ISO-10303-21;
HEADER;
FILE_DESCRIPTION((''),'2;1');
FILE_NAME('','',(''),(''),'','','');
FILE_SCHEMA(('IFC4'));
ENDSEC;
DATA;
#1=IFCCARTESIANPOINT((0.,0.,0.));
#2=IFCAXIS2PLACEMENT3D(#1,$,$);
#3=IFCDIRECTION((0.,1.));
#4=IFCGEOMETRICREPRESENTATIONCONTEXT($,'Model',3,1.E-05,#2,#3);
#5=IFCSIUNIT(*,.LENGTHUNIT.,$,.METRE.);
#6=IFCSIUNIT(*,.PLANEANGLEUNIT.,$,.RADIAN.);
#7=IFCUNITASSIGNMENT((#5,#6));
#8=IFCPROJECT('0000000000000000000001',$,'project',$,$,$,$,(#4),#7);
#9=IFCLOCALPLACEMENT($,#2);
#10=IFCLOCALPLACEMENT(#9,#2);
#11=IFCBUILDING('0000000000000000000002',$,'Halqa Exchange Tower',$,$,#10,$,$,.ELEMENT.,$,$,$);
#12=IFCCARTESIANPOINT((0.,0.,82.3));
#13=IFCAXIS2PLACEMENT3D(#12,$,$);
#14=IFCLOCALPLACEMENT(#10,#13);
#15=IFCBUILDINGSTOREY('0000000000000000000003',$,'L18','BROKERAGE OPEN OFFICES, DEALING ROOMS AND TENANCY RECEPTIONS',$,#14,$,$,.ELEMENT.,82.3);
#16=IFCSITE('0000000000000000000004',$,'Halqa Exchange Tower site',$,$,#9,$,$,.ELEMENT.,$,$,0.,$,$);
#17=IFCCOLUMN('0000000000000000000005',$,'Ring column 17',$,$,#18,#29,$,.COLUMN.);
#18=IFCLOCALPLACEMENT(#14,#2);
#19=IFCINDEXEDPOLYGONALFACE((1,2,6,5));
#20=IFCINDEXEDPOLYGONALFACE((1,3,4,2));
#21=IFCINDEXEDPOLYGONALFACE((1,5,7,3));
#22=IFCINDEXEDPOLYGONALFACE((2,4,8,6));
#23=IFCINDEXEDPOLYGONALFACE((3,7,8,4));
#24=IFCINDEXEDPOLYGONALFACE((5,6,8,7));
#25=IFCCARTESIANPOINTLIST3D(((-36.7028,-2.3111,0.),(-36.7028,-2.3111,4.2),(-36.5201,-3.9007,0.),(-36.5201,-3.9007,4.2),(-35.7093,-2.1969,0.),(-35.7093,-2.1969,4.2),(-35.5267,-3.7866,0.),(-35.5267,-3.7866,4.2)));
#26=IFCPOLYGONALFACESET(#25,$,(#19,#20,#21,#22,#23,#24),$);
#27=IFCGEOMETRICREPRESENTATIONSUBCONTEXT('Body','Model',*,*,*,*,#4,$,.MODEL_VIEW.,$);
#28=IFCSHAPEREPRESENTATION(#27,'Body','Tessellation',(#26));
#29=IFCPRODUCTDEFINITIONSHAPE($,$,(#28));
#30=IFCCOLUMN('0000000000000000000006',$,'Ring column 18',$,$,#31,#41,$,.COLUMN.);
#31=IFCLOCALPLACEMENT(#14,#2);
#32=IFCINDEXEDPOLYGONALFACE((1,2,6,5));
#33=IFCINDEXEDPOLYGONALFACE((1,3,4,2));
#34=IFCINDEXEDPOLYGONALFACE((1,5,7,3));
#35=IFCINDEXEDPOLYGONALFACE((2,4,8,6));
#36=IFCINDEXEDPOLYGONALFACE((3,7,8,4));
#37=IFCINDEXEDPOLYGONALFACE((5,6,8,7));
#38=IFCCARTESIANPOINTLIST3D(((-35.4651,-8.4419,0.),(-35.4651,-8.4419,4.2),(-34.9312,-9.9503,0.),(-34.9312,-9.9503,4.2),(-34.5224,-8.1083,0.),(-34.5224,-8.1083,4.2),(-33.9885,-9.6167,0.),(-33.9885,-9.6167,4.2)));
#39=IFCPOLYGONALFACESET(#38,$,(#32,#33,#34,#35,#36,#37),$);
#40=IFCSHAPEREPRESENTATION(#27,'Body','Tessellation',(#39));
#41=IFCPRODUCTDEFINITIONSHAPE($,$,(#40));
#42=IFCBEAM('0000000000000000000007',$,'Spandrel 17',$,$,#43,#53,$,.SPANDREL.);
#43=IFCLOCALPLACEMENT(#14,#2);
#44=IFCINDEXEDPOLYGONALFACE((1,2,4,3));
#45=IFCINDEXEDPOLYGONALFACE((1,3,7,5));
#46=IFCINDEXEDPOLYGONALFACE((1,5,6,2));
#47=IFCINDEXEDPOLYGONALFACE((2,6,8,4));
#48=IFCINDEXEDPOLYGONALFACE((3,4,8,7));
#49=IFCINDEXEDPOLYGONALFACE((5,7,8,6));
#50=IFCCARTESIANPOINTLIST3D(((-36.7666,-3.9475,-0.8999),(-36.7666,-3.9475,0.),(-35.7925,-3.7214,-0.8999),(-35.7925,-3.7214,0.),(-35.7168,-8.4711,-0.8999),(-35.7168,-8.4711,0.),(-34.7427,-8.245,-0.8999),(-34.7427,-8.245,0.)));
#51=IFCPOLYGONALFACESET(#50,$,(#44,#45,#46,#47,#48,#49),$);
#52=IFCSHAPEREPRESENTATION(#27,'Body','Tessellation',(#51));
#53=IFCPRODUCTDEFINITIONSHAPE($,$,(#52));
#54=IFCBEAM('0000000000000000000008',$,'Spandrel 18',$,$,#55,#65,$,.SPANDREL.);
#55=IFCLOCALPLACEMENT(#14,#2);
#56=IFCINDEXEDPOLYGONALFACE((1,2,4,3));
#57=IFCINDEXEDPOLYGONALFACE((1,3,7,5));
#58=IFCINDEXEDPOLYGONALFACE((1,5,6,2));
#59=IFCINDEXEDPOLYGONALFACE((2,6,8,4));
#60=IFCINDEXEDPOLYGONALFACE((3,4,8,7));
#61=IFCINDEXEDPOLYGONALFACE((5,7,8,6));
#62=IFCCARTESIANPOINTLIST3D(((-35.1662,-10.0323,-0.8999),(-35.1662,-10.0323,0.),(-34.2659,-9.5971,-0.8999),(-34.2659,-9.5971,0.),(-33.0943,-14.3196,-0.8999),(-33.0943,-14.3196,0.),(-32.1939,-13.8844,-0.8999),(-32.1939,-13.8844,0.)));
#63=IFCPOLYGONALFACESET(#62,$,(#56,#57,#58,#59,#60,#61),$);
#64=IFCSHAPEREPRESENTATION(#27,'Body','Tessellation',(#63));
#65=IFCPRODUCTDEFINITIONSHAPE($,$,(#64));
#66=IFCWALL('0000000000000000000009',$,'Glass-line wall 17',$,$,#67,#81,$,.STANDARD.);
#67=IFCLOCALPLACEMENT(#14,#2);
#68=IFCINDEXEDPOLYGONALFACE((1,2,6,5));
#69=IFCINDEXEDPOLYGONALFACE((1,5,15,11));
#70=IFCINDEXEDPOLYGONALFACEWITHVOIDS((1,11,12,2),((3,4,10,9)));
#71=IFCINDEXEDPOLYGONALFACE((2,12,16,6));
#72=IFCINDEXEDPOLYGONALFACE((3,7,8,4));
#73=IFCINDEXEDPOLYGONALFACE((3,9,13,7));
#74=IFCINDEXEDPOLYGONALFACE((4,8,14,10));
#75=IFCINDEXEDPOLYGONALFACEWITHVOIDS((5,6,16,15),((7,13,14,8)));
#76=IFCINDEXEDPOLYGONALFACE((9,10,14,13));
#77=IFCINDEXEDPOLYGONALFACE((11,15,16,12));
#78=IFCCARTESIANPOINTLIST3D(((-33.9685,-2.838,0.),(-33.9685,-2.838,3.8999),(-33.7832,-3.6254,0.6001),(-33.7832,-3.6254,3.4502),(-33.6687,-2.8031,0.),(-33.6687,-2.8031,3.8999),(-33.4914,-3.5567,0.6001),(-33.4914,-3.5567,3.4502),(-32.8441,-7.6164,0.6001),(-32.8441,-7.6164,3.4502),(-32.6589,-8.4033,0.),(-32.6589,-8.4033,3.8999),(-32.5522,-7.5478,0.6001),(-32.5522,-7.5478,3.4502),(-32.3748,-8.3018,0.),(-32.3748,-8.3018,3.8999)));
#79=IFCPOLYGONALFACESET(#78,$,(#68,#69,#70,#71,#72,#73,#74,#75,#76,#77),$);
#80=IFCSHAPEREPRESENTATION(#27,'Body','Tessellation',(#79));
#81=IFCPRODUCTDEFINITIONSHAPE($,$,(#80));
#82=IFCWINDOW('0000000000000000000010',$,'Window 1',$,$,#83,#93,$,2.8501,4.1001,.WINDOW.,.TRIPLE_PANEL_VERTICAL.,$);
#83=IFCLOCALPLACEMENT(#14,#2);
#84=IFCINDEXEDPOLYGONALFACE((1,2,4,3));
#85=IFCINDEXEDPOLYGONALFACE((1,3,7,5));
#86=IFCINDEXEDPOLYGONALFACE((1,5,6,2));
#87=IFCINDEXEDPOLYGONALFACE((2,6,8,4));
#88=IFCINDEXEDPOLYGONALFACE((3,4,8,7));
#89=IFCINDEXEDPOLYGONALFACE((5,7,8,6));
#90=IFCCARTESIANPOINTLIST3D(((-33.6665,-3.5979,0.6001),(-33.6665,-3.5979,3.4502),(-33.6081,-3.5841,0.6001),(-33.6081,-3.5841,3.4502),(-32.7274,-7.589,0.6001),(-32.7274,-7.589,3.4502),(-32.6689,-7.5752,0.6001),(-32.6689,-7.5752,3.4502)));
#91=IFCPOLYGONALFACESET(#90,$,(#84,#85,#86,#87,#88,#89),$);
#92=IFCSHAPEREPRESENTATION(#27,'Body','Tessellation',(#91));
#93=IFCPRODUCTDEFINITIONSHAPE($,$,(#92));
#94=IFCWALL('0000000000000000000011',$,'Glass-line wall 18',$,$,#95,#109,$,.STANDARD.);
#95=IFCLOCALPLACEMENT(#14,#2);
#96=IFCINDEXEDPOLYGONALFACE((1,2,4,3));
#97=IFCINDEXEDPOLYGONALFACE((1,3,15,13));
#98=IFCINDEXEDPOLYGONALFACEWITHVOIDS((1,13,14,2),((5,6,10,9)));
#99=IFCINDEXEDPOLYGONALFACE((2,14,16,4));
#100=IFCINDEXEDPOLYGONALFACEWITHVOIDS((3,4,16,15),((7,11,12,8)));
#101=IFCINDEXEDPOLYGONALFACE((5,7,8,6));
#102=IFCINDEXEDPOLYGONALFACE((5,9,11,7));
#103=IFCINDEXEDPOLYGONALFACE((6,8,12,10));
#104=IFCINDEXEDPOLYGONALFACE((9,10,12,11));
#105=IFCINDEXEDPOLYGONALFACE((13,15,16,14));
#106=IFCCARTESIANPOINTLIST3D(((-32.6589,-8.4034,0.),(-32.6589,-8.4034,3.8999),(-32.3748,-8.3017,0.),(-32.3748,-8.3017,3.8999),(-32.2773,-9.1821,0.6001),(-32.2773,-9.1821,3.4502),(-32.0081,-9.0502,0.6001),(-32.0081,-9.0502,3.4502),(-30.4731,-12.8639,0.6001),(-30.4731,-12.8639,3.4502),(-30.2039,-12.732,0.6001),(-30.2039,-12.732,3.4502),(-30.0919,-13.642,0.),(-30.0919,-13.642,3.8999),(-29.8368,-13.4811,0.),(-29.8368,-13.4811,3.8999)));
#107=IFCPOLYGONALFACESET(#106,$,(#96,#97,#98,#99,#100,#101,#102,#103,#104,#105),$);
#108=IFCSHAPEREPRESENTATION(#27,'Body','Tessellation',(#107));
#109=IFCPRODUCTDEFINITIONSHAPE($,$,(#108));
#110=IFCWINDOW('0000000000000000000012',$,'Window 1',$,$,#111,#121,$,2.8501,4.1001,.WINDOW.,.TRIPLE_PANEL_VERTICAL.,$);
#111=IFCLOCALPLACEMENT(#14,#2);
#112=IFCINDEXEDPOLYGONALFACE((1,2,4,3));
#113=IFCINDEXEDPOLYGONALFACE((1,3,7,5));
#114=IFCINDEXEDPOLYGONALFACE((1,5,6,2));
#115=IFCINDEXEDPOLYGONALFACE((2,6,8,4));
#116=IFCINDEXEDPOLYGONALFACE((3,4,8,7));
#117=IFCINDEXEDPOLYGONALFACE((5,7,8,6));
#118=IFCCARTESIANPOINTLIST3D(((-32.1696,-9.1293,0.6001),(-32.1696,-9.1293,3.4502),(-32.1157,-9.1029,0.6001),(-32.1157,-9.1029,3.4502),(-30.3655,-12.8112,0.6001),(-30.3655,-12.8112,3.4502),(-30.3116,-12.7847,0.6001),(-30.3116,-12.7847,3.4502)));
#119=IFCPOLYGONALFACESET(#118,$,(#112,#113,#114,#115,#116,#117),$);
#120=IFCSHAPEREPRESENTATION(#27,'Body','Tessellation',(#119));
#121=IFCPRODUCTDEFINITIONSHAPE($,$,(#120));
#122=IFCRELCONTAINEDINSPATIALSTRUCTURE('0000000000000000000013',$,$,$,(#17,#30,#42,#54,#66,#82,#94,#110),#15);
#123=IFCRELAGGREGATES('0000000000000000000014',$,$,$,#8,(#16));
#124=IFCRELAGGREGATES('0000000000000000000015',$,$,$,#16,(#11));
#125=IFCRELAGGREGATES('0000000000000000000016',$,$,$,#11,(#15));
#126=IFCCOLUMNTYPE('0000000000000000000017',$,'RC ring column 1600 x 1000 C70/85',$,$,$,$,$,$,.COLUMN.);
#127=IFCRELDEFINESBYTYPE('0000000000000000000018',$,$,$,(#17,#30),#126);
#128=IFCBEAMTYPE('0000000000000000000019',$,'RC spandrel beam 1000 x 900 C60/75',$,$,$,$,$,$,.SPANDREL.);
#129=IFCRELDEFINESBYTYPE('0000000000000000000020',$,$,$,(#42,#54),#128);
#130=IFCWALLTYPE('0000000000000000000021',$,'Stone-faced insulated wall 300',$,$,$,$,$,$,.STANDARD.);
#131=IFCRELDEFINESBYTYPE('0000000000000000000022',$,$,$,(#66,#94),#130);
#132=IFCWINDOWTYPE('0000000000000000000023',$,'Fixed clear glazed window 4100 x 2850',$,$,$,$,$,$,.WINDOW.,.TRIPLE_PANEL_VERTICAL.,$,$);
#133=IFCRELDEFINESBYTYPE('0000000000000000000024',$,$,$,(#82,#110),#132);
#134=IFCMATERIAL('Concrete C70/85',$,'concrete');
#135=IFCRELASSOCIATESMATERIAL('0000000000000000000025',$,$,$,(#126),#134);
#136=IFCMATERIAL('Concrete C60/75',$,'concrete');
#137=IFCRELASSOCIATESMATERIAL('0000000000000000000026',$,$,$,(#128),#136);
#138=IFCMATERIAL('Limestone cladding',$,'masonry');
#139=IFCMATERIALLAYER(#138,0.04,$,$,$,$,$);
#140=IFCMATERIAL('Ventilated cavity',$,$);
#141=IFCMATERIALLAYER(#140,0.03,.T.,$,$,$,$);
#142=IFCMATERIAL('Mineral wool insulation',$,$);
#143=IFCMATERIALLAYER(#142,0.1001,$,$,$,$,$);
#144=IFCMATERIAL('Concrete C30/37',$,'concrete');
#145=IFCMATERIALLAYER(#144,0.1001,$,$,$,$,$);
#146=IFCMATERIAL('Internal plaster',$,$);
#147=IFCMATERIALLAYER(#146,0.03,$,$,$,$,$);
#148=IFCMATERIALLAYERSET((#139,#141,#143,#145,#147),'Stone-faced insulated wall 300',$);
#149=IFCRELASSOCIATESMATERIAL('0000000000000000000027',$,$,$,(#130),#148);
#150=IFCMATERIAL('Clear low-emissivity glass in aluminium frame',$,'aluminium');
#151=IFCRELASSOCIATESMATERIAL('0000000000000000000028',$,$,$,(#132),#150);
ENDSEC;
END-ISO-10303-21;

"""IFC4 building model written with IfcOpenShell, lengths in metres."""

from ifc_helpers import new_model, si_unit, direction, frame, frame_2d, origin, origin_2d, place, context, subcontext, project, spatial, polyline, rectangle, outline, extrude, material, layer, layer_set, material_profile, profile_set, type_object, element, fill, save


model = new_model("IFC4")

# Units and contexts
model_context = context("Model", 3, precision=1e-05, world=origin(), true_north=direction((0.0, 1.0)))
body_context = subcontext(model_context, "Body", "Model", "MODEL_VIEW")
ifc_project = project(units=[si_unit("LENGTHUNIT", "METRE"), si_unit("PLANEANGLEUNIT", "RADIAN")], contexts=[model_context])

# Site, building, storey
site_placement = place(None, origin())
site = spatial("IfcSite", under=ifc_project, at=site_placement, Name="Halqa Exchange Tower site", CompositionType="ELEMENT", RefElevation=0.0)
building_placement = place(site_placement, origin())
building = spatial("IfcBuilding", under=site, at=building_placement, Name="Halqa Exchange Tower", CompositionType="ELEMENT")
storey_placement = place(building_placement, frame((0.0, 0.0, 82.3)))
storey = spatial("IfcBuildingStorey", under=building, at=storey_placement, Name="L18", Description="BROKERAGE OPEN OFFICES, DEALING ROOMS AND TENANCY RECEPTIONS", CompositionType="ELEMENT", Elevation=82.3)

# Columns
ifc_material_1 = material(Name="Concrete C70/85", Category="concrete")
ifc_material_profile_1 = material_profile(ifc_material_1, rectangle(XDim=1.6001, YDim=1.0, at=origin_2d()), Name="1600 x 1000")
ifc_profile_set_1 = profile_set([ifc_material_profile_1], Name="Concrete C70/85")
column_type = type_object("IfcColumnType", Name="RC ring column 1600 x 1000 C70/85", PredefinedType="COLUMN", material=ifc_profile_set_1)
for number, where, z_axis, x_axis, name in (
    (1, (-36.1147, -3.0488, 0.0), (0.0, 0.0, 1.0), (0.114157, -0.993463, 0.0), "Ring column 17"),
    (2, (-34.7268, -9.0293, 0.0), (0.0, 0.0, 1.0), (0.333631, -0.942704, 0.0), "Ring column 18"),
):
    element("IfcColumn", number, at=place(storey_placement, frame(where, z_axis=z_axis, x_axis=x_axis)), inside=storey, type_object=column_type, Name=name, PredefinedType="COLUMN", context=body_context, shape_type="SweptSolid", body=[
        extrude(rectangle(XDim=1.6001, YDim=1.0, at=origin_2d()), origin(), (0.0, 0.0, 1.0), 4.2),
    ])

# Beams
ifc_material_2 = material(Name="Concrete C60/75", Category="concrete")
ifc_material_profile_2 = material_profile(ifc_material_2, rectangle(XDim=1.0, YDim=0.8999, at=origin_2d()), Name="1000 x 900")
ifc_profile_set_2 = profile_set([ifc_material_profile_2], Name="Concrete C60/75")
beam_type = type_object("IfcBeamType", Name="RC spandrel beam 1000 x 900 C60/75", PredefinedType="SPANDREL", material=ifc_profile_set_2)
beam_1_placement = place(storey_placement, frame((-36.2795, -3.8345, -0.45), z_axis=(0.226061, -0.974113, 0.0), x_axis=(0.974113, 0.226061, 0.0)))
element("IfcBeam", 3, at=beam_1_placement, inside=storey, type_object=beam_type, Name="Spandrel 17", PredefinedType="SPANDREL", context=body_context, shape_type="SweptSolid", body=[
    extrude(rectangle(XDim=1.0, YDim=0.8999, at=origin_2d()), origin(), (0.0, 0.0, 1.0), 4.6438),
])
beam_2_placement = place(storey_placement, frame((-34.7161, -9.8147, -0.45), z_axis=(0.435135, -0.900365, 0.0), x_axis=(0.900365, 0.435135, 0.0)))
element("IfcBeam", 4, at=beam_2_placement, inside=storey, type_object=beam_type, Name="Spandrel 18", PredefinedType="SPANDREL", context=body_context, shape_type="SweptSolid", body=[
    extrude(rectangle(XDim=1.0, YDim=0.8999, at=origin_2d()), origin(), (0.0, 0.0, 1.0), 4.7617),
])

# Walls, openings, windows
ifc_material_3 = material(Name="Limestone cladding", Category="masonry")
ifc_layer_1 = layer(ifc_material_3, 0.04)
ifc_material_4 = material(Name="Ventilated cavity")
ifc_layer_2 = layer(ifc_material_4, 0.03, ventilated=True)
ifc_material_5 = material(Name="Mineral wool insulation")
ifc_layer_3 = layer(ifc_material_5, 0.1001)
ifc_material_6 = material(Name="Concrete C30/37", Category="concrete")
ifc_layer_4 = layer(ifc_material_6, 0.1001)
ifc_material_7 = material(Name="Internal plaster")
ifc_layer_5 = layer(ifc_material_7, 0.03)
ifc_layer_set = layer_set([ifc_layer_1, ifc_layer_2, ifc_layer_3, ifc_layer_4, ifc_layer_5], Name="Stone-faced insulated wall 300")
wall_type = type_object("IfcWallType", Name="Stone-faced insulated wall 300", PredefinedType="STANDARD", material=ifc_layer_set)
wall_1_placement = place(storey_placement, frame((-33.8186, -2.8206, 0.0), z_axis=(0.0, 0.0, 1.0), x_axis=(0.229058, -0.973413, 0.0)))
wall_1 = element("IfcWall", 5, at=wall_1_placement, inside=storey, type_object=wall_type, Name="Glass-line wall 17", PredefinedType="STANDARD", context=body_context, shape_type="SweptSolid", body=[
    extrude(outline(polyline([(-0.0173, -0.1499), (5.7, -0.1499), (5.6663, 0.1499), (0.0173, 0.1499), (-0.0173, -0.1499)])), origin(), (0.0, 0.0, 1.0), 3.8999),
])
opening_1_placement = place(wall_1_placement, frame((0.7915, 0.0, 0.6001)))
opening_1 = element("IfcOpeningElement", 6, at=opening_1_placement, cuts=wall_1, PredefinedType="OPENING", context=body_context, shape_type="SweptSolid", body=[
    extrude(rectangle(XDim=4.1001, YDim=2.8501, at=frame_2d((2.05, 1.425))), frame((0.0, 0.1621, 0.0), z_axis=(0.0, -1.0, 0.0), x_axis=(1.0, 0.0, 0.0)), (0.0, 0.0, 1.0), 0.324),
])
ifc_material_8 = material(Name="Clear low-emissivity glass in aluminium frame", Category="aluminium")
window_type = type_object("IfcWindowType", Name="Fixed clear glazed window 4100 x 2850", PartitioningType="TRIPLE_PANEL_VERTICAL", PredefinedType="WINDOW", material=ifc_material_8)
window_1_placement = place(opening_1_placement, origin())
window_1 = element("IfcWindow", 7, at=window_1_placement, inside=storey, type_object=window_type, Name="Window 1", OverallHeight=2.8501, OverallWidth=4.1001, PartitioningType="TRIPLE_PANEL_VERTICAL", PredefinedType="WINDOW", context=body_context, shape_type="SweptSolid", body=[
    extrude(rectangle(XDim=4.1001, YDim=2.8501, at=frame_2d((2.05, 1.425))), frame((0.0, 0.03, 0.0), z_axis=(0.0, -1.0, 0.0), x_axis=(1.0, 0.0, 0.0)), (0.0, 0.0, 1.0), 0.0601),
])
fill(opening_1, window_1)
wall_2_placement = place(storey_placement, frame((-32.5168, -8.3525, 0.0), z_axis=(0.0, 0.0, 1.0), x_axis=(0.440027, -0.897984, 0.0)))
wall_2 = element("IfcWall", 8, at=wall_2_placement, inside=storey, type_object=wall_type, Name="Glass-line wall 18", PredefinedType="STANDARD", context=body_context, shape_type="SweptSolid", body=[
    extrude(outline(polyline([(-0.0168, -0.1499), (5.8169, -0.1499), (5.7847, 0.1499), (0.0168, 0.1499), (-0.0168, -0.1499)])), origin(), (0.0, 0.0, 1.0), 3.8999),
])
opening_2_placement = place(wall_2_placement, frame((0.8503, 0.0, 0.6001)))
opening_2 = element("IfcOpeningElement", 9, at=opening_2_placement, cuts=wall_2, PredefinedType="OPENING", context=body_context, shape_type="SweptSolid", body=[
    extrude(rectangle(XDim=4.1001, YDim=2.8501, at=frame_2d((2.05, 1.425))), frame((0.0, 0.1621, 0.0), z_axis=(0.0, -1.0, 0.0), x_axis=(1.0, 0.0, 0.0)), (0.0, 0.0, 1.0), 0.324),
])
window_2_placement = place(opening_2_placement, origin())
window_2 = element("IfcWindow", 10, at=window_2_placement, inside=storey, type_object=window_type, Name="Window 1", OverallHeight=2.8501, OverallWidth=4.1001, PartitioningType="TRIPLE_PANEL_VERTICAL", PredefinedType="WINDOW", context=body_context, shape_type="SweptSolid", body=[
    extrude(rectangle(XDim=4.1001, YDim=2.8501, at=frame_2d((2.05, 1.425))), frame((0.0, 0.03, 0.0), z_axis=(0.0, -1.0, 0.0), x_axis=(1.0, 0.0, 0.0)), (0.0, 0.0, 1.0), 0.0601),
])
fill(opening_2, window_2)

save(model, "model.ifc")
